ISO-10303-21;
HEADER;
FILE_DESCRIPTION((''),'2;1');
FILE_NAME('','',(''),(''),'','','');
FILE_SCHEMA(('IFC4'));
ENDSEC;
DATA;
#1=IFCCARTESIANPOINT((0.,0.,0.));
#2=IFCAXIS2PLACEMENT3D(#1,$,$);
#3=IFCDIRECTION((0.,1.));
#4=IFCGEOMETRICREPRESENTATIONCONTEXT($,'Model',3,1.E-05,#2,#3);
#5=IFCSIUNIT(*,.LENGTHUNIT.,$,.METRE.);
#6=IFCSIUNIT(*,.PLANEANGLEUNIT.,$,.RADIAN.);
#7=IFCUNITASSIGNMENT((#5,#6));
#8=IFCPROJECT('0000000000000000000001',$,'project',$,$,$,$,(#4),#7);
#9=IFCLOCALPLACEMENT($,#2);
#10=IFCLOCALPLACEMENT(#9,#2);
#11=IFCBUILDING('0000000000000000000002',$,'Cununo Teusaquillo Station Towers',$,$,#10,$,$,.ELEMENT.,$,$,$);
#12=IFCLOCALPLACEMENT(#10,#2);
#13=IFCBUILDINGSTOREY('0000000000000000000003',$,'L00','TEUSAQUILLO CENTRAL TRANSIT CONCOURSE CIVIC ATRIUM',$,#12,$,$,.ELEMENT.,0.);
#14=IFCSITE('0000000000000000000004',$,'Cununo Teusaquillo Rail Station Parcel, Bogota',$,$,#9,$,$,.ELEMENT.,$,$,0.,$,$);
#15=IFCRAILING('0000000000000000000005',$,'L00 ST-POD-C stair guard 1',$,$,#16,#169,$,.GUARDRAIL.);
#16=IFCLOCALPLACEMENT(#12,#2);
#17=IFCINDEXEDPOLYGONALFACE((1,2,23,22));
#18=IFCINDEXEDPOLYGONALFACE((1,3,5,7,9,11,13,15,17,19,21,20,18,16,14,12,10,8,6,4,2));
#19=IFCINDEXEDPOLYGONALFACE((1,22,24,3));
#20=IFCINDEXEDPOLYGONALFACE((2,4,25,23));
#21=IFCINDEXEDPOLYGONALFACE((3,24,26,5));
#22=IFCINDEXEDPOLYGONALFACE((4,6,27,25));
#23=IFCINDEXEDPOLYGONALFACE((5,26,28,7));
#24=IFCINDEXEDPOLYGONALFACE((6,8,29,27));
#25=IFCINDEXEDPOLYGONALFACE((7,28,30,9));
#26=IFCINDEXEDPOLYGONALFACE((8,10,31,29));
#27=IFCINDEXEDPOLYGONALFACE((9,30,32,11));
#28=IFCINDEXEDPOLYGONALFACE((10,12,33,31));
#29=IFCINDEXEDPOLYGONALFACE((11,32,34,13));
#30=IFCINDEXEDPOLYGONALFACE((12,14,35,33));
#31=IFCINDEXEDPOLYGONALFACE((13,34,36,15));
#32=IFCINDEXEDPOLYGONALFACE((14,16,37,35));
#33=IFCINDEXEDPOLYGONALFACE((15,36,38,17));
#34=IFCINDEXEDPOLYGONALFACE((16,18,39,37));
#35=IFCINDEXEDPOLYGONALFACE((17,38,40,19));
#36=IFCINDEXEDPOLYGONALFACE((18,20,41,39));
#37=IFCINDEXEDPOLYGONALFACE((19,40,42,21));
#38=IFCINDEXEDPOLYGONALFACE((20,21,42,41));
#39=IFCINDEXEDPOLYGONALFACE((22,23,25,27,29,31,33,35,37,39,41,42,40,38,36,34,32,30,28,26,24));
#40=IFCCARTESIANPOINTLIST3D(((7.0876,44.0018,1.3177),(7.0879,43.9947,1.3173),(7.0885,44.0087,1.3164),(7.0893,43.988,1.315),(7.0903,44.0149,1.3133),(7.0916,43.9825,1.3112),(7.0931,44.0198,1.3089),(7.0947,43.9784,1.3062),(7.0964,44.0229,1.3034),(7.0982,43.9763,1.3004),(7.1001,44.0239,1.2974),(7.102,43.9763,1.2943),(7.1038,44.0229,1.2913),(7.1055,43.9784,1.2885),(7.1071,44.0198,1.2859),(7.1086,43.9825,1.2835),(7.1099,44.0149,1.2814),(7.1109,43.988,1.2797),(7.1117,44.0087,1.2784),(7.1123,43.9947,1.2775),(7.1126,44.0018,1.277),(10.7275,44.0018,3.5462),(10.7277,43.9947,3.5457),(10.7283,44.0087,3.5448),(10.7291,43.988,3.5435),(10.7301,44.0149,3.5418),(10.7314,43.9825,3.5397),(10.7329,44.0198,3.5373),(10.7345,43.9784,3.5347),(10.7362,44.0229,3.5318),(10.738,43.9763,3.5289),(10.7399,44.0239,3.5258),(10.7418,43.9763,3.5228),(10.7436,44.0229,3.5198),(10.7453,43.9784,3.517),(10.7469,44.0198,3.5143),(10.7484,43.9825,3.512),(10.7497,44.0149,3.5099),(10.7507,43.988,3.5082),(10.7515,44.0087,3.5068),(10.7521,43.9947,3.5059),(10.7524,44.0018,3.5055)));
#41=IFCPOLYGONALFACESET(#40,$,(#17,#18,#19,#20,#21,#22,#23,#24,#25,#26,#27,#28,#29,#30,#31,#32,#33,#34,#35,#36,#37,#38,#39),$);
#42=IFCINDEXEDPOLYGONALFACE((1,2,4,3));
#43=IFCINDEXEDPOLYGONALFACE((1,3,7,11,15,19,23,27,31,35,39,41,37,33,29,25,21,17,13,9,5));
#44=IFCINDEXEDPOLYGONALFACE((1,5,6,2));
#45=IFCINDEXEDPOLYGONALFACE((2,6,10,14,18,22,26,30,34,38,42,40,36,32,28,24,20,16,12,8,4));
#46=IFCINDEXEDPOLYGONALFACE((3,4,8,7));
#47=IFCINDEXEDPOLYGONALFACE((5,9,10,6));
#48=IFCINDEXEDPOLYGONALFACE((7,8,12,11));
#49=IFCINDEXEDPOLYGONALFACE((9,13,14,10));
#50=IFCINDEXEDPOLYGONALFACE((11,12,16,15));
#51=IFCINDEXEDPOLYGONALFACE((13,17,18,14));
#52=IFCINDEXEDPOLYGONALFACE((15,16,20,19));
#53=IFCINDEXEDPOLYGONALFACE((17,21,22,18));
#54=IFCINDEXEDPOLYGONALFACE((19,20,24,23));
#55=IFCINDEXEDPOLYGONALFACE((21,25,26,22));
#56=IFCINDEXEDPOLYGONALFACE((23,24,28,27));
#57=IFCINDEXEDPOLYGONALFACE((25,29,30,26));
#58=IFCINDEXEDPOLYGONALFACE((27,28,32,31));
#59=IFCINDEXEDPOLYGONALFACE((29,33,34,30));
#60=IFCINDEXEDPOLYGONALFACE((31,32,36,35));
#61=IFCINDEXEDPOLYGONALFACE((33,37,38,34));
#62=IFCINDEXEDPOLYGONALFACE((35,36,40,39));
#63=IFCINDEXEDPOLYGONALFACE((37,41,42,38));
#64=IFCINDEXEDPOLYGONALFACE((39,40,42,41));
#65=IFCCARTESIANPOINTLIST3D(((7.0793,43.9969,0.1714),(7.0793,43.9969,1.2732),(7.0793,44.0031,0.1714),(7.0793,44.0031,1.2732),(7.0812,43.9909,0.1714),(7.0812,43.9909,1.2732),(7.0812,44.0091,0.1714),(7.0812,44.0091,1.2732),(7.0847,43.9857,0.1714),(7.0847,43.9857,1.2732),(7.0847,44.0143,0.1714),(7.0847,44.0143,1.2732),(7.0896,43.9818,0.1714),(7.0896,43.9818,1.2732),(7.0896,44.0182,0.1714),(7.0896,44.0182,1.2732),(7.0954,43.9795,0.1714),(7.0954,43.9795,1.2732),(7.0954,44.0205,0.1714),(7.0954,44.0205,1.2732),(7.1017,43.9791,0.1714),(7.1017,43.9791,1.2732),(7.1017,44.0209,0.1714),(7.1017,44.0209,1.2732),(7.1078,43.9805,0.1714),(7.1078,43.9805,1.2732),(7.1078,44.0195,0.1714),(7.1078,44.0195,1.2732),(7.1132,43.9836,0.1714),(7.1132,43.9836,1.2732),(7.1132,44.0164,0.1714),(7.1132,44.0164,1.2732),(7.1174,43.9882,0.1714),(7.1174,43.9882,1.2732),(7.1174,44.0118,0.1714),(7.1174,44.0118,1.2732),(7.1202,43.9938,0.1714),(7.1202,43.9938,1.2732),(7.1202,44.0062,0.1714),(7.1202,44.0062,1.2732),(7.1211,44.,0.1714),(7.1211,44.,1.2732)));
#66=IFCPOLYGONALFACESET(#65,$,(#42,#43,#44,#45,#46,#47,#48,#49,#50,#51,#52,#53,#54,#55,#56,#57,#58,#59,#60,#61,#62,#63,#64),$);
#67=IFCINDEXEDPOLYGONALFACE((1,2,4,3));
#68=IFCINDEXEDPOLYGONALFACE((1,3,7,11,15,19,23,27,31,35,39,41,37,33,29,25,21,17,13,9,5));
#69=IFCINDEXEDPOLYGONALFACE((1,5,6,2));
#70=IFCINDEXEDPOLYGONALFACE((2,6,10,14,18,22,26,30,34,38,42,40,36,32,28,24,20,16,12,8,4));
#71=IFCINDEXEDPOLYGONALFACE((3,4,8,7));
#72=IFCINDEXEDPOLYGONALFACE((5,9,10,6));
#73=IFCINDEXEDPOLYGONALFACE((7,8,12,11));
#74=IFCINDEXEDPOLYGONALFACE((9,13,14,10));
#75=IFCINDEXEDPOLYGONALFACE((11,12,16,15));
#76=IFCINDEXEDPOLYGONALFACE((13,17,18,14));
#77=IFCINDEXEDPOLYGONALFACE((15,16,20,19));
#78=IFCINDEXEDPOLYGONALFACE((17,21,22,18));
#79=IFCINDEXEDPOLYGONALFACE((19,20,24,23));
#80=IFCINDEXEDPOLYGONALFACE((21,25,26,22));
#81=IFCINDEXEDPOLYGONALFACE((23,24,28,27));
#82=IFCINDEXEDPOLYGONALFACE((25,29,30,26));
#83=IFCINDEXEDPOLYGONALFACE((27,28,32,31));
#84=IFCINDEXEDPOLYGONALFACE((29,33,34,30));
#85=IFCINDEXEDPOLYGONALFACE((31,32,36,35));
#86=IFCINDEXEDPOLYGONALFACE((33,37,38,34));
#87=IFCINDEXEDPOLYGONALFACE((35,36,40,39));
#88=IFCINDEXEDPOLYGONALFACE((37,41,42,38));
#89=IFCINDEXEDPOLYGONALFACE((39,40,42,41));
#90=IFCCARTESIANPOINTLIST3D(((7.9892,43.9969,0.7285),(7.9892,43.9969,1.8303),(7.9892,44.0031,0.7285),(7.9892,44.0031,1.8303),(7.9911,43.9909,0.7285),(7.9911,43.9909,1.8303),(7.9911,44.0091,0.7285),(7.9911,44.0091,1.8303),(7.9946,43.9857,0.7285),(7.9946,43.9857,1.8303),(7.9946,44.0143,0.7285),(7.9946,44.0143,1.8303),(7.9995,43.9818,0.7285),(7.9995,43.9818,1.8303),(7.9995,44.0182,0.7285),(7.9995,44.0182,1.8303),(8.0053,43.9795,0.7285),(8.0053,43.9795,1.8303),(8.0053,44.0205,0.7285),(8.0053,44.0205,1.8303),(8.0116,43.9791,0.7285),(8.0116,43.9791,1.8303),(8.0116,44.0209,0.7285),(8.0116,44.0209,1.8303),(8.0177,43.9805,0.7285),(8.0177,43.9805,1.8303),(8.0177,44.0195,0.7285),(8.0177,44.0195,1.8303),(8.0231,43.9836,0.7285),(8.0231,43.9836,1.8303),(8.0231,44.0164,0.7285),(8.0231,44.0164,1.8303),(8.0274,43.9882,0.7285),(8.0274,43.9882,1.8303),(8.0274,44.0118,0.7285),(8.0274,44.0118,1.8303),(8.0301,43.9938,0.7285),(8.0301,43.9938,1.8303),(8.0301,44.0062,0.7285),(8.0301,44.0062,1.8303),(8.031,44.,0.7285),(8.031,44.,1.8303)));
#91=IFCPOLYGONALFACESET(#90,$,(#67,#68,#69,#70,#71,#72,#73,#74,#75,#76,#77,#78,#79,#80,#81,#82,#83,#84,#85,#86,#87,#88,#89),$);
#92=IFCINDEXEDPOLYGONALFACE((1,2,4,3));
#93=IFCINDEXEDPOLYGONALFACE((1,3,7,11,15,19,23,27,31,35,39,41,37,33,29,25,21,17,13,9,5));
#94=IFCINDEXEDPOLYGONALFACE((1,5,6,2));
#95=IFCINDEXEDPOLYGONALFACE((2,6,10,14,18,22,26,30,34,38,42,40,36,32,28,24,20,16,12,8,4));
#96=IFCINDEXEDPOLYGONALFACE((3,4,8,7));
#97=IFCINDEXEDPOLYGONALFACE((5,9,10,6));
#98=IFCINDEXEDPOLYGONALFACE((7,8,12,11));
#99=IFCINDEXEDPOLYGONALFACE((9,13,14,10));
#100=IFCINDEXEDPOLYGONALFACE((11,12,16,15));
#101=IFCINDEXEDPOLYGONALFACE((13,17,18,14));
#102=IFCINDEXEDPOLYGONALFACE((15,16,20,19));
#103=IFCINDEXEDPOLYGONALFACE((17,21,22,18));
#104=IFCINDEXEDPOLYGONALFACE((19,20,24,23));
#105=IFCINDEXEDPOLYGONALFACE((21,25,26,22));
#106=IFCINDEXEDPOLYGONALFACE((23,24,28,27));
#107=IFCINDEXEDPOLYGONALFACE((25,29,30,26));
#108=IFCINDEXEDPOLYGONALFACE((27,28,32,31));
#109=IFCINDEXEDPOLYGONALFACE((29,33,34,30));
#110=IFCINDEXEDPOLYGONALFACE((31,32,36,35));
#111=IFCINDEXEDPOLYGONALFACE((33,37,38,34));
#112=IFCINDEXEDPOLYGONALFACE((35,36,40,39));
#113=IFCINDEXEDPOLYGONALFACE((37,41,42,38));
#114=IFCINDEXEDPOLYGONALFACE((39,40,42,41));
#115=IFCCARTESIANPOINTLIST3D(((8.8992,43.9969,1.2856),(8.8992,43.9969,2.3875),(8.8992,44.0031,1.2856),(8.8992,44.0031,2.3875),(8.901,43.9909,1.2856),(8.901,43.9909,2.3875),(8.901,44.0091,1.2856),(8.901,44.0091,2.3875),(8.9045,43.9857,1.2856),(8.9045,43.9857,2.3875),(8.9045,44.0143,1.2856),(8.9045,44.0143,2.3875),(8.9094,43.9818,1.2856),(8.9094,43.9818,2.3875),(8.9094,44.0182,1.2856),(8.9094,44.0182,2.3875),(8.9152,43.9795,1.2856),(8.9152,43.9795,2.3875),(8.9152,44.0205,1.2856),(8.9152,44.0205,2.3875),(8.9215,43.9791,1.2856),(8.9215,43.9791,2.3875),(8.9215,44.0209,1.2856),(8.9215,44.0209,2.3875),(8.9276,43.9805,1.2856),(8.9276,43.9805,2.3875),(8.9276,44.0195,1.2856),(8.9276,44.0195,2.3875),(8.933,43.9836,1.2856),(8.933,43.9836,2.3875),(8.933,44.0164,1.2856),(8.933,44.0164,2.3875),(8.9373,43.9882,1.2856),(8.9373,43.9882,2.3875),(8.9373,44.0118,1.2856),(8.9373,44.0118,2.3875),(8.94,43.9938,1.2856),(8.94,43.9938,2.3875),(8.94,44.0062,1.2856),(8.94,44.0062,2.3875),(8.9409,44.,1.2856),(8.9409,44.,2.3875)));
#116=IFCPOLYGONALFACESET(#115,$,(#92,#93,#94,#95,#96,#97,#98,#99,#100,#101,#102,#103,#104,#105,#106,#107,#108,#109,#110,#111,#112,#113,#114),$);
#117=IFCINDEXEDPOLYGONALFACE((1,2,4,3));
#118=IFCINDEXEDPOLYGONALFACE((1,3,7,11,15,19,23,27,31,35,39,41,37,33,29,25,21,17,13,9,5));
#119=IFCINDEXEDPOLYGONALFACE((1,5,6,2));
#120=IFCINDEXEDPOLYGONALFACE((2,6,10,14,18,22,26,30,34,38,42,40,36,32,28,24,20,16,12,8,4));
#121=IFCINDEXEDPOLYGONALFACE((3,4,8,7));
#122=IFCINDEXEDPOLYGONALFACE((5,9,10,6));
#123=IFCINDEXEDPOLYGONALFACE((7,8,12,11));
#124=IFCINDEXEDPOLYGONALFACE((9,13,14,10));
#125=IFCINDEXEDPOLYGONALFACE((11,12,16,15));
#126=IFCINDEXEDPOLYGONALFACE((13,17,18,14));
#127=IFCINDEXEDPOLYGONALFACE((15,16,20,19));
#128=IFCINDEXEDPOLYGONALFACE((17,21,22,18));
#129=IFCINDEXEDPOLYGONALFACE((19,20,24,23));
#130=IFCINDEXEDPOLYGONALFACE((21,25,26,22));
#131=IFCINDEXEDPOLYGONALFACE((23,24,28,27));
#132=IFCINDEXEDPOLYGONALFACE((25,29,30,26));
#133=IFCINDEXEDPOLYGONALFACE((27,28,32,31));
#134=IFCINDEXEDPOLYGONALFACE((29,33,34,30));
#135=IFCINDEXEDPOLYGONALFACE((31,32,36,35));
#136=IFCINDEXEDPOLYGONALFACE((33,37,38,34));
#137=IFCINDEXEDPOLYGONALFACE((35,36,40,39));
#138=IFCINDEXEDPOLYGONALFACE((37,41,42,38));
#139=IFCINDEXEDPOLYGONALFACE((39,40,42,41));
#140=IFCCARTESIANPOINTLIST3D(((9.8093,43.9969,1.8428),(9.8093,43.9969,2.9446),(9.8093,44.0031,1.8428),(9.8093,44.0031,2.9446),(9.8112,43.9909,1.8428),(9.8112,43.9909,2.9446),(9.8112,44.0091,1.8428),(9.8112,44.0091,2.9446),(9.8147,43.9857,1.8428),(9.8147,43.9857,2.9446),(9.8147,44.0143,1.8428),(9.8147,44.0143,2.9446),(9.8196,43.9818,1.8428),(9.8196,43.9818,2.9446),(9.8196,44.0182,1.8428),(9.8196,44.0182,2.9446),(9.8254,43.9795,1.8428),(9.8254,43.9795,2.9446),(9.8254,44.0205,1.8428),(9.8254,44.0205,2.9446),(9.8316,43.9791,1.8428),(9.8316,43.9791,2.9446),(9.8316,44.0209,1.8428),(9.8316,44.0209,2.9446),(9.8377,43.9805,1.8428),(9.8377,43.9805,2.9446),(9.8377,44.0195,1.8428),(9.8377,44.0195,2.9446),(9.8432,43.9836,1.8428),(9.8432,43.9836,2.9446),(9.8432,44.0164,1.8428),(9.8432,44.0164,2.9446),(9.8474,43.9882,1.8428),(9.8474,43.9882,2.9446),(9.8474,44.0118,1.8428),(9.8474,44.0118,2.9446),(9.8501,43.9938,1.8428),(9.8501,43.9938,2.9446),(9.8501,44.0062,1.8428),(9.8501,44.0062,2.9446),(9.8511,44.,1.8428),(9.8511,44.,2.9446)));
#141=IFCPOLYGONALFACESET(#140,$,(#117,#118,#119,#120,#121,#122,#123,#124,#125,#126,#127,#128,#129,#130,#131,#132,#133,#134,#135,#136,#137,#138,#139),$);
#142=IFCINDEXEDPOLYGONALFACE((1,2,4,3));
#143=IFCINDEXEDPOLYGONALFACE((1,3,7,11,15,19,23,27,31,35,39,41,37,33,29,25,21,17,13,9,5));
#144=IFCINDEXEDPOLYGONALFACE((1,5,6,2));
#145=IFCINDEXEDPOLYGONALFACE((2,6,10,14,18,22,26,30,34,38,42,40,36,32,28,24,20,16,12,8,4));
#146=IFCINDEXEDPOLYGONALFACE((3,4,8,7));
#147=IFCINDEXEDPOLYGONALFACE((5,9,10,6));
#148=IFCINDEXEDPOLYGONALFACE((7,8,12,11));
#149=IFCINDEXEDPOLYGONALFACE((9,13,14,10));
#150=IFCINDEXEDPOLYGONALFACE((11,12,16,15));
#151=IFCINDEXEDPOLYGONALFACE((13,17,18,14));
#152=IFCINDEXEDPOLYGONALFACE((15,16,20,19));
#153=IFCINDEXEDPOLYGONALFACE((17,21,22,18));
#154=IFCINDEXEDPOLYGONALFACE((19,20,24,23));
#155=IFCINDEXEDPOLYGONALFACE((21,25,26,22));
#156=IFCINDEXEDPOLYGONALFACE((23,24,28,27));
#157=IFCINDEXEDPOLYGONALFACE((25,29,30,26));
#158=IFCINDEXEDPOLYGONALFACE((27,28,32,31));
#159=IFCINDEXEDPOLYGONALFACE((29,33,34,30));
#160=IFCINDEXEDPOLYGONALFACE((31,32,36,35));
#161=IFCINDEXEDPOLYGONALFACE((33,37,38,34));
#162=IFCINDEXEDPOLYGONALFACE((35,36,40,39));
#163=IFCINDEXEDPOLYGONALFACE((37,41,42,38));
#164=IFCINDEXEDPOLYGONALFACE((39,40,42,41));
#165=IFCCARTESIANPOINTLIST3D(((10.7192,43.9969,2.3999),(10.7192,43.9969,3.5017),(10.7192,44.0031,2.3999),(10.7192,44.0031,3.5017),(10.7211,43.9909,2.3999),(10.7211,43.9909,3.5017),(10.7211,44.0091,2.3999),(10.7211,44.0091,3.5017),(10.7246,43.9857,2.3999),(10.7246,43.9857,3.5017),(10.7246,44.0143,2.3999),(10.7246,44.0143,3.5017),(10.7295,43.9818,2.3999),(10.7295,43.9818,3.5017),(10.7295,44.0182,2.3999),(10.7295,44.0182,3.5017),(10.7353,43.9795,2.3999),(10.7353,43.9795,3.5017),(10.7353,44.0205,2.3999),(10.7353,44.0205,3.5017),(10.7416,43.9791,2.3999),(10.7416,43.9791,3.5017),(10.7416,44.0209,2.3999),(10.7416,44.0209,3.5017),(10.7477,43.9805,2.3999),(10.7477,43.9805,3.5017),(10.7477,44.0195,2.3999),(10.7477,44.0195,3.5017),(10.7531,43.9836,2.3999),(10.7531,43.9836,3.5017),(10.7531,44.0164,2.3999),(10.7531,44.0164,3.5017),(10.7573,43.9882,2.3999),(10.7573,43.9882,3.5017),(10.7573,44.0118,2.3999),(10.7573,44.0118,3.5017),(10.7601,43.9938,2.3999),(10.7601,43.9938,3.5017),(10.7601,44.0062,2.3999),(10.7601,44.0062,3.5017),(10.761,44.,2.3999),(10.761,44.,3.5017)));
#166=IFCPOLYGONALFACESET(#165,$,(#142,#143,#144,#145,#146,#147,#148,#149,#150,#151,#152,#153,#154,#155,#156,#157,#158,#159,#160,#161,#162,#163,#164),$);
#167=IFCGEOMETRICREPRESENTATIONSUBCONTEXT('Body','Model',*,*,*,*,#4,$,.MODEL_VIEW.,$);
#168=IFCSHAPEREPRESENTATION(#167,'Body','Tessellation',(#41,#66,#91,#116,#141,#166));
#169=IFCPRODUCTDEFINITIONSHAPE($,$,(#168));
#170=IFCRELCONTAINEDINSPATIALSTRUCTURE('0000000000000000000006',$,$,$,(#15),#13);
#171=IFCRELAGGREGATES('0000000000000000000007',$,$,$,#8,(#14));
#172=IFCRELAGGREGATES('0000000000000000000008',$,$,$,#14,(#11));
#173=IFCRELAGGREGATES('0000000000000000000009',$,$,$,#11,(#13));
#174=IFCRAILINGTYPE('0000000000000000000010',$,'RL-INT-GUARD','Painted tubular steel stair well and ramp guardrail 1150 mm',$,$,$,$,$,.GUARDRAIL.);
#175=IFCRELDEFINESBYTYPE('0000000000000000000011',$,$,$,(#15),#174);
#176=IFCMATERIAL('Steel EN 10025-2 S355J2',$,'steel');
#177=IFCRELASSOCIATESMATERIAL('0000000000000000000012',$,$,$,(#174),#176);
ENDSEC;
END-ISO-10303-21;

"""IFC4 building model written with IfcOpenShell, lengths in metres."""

from ifc_helpers import new_model, si_unit, direction, frame, origin, origin_2d, place, context, subcontext, project, spatial, circle, extrude, material, type_object, element, save


model = new_model("IFC4")

# Units and contexts
model_context = context("Model", 3, precision=1e-05, world=origin(), true_north=direction((0.0, 1.0)))
body_context = subcontext(model_context, "Body", "Model", "MODEL_VIEW")
ifc_project = project(units=[si_unit("LENGTHUNIT", "METRE"), si_unit("PLANEANGLEUNIT", "RADIAN")], contexts=[model_context])

# Site, building, storey
site_placement = place(None, origin())
site = spatial("IfcSite", under=ifc_project, at=site_placement, Name="Cununo Teusaquillo Rail Station Parcel, Bogota", CompositionType="ELEMENT", RefElevation=0.0)
building_placement = place(site_placement, origin())
building = spatial("IfcBuilding", under=site, at=building_placement, Name="Cununo Teusaquillo Station Towers", CompositionType="ELEMENT")
storey_placement = place(building_placement, origin())
storey = spatial("IfcBuildingStorey", under=building, at=storey_placement, Name="L00", Description="TEUSAQUILLO CENTRAL TRANSIT CONCOURSE CIVIC ATRIUM", CompositionType="ELEMENT", Elevation=0.0)

# Railing
ifc_material_1 = material(Name="Steel EN 10025-2 S355J2", Category="steel")
railing_type_1 = type_object("IfcRailingType", Name="RL-INT-GUARD", Description="Painted tubular steel stair well and ramp guardrail 1150 mm", PredefinedType="GUARDRAIL", material=ifc_material_1)
railing_1_placement = place(storey_placement, frame((7.1001, 44.0, 0.1714)))
element("IfcRailing", 1, at=railing_1_placement, inside=storey, type_object=railing_type_1, Name="L00 ST-POD-C stair guard 1", PredefinedType="GUARDRAIL", context=body_context, shape_type="SweptSolid", body=[
    extrude(circle(Radius=0.0239, at=origin_2d()), frame((0.0, 0.0, 1.126), z_axis=(0.85285, 0.0, 0.522156), x_axis=(0.0, 1.0, 0.0)), (0.0, 0.0, 1.0), 4.2678),
    extrude(circle(Radius=0.021, at=origin_2d()), origin(), (0.0, 0.0, 1.0), 1.1018),
    extrude(circle(Radius=0.021, at=origin_2d()), frame((0.9099, 0.0, 0.5571)), (0.0, 0.0, 1.0), 1.1018),
    extrude(circle(Radius=0.021, at=origin_2d()), frame((1.8198, 0.0, 1.1143)), (0.0, 0.0, 1.0), 1.1018),
    extrude(circle(Radius=0.021, at=origin_2d()), frame((2.73, 0.0, 1.6714)), (0.0, 0.0, 1.0), 1.1018),
    extrude(circle(Radius=0.021, at=origin_2d()), frame((3.6399, 0.0, 2.2285)), (0.0, 0.0, 1.0), 1.1018),
])

save(model, "model.ifc")
